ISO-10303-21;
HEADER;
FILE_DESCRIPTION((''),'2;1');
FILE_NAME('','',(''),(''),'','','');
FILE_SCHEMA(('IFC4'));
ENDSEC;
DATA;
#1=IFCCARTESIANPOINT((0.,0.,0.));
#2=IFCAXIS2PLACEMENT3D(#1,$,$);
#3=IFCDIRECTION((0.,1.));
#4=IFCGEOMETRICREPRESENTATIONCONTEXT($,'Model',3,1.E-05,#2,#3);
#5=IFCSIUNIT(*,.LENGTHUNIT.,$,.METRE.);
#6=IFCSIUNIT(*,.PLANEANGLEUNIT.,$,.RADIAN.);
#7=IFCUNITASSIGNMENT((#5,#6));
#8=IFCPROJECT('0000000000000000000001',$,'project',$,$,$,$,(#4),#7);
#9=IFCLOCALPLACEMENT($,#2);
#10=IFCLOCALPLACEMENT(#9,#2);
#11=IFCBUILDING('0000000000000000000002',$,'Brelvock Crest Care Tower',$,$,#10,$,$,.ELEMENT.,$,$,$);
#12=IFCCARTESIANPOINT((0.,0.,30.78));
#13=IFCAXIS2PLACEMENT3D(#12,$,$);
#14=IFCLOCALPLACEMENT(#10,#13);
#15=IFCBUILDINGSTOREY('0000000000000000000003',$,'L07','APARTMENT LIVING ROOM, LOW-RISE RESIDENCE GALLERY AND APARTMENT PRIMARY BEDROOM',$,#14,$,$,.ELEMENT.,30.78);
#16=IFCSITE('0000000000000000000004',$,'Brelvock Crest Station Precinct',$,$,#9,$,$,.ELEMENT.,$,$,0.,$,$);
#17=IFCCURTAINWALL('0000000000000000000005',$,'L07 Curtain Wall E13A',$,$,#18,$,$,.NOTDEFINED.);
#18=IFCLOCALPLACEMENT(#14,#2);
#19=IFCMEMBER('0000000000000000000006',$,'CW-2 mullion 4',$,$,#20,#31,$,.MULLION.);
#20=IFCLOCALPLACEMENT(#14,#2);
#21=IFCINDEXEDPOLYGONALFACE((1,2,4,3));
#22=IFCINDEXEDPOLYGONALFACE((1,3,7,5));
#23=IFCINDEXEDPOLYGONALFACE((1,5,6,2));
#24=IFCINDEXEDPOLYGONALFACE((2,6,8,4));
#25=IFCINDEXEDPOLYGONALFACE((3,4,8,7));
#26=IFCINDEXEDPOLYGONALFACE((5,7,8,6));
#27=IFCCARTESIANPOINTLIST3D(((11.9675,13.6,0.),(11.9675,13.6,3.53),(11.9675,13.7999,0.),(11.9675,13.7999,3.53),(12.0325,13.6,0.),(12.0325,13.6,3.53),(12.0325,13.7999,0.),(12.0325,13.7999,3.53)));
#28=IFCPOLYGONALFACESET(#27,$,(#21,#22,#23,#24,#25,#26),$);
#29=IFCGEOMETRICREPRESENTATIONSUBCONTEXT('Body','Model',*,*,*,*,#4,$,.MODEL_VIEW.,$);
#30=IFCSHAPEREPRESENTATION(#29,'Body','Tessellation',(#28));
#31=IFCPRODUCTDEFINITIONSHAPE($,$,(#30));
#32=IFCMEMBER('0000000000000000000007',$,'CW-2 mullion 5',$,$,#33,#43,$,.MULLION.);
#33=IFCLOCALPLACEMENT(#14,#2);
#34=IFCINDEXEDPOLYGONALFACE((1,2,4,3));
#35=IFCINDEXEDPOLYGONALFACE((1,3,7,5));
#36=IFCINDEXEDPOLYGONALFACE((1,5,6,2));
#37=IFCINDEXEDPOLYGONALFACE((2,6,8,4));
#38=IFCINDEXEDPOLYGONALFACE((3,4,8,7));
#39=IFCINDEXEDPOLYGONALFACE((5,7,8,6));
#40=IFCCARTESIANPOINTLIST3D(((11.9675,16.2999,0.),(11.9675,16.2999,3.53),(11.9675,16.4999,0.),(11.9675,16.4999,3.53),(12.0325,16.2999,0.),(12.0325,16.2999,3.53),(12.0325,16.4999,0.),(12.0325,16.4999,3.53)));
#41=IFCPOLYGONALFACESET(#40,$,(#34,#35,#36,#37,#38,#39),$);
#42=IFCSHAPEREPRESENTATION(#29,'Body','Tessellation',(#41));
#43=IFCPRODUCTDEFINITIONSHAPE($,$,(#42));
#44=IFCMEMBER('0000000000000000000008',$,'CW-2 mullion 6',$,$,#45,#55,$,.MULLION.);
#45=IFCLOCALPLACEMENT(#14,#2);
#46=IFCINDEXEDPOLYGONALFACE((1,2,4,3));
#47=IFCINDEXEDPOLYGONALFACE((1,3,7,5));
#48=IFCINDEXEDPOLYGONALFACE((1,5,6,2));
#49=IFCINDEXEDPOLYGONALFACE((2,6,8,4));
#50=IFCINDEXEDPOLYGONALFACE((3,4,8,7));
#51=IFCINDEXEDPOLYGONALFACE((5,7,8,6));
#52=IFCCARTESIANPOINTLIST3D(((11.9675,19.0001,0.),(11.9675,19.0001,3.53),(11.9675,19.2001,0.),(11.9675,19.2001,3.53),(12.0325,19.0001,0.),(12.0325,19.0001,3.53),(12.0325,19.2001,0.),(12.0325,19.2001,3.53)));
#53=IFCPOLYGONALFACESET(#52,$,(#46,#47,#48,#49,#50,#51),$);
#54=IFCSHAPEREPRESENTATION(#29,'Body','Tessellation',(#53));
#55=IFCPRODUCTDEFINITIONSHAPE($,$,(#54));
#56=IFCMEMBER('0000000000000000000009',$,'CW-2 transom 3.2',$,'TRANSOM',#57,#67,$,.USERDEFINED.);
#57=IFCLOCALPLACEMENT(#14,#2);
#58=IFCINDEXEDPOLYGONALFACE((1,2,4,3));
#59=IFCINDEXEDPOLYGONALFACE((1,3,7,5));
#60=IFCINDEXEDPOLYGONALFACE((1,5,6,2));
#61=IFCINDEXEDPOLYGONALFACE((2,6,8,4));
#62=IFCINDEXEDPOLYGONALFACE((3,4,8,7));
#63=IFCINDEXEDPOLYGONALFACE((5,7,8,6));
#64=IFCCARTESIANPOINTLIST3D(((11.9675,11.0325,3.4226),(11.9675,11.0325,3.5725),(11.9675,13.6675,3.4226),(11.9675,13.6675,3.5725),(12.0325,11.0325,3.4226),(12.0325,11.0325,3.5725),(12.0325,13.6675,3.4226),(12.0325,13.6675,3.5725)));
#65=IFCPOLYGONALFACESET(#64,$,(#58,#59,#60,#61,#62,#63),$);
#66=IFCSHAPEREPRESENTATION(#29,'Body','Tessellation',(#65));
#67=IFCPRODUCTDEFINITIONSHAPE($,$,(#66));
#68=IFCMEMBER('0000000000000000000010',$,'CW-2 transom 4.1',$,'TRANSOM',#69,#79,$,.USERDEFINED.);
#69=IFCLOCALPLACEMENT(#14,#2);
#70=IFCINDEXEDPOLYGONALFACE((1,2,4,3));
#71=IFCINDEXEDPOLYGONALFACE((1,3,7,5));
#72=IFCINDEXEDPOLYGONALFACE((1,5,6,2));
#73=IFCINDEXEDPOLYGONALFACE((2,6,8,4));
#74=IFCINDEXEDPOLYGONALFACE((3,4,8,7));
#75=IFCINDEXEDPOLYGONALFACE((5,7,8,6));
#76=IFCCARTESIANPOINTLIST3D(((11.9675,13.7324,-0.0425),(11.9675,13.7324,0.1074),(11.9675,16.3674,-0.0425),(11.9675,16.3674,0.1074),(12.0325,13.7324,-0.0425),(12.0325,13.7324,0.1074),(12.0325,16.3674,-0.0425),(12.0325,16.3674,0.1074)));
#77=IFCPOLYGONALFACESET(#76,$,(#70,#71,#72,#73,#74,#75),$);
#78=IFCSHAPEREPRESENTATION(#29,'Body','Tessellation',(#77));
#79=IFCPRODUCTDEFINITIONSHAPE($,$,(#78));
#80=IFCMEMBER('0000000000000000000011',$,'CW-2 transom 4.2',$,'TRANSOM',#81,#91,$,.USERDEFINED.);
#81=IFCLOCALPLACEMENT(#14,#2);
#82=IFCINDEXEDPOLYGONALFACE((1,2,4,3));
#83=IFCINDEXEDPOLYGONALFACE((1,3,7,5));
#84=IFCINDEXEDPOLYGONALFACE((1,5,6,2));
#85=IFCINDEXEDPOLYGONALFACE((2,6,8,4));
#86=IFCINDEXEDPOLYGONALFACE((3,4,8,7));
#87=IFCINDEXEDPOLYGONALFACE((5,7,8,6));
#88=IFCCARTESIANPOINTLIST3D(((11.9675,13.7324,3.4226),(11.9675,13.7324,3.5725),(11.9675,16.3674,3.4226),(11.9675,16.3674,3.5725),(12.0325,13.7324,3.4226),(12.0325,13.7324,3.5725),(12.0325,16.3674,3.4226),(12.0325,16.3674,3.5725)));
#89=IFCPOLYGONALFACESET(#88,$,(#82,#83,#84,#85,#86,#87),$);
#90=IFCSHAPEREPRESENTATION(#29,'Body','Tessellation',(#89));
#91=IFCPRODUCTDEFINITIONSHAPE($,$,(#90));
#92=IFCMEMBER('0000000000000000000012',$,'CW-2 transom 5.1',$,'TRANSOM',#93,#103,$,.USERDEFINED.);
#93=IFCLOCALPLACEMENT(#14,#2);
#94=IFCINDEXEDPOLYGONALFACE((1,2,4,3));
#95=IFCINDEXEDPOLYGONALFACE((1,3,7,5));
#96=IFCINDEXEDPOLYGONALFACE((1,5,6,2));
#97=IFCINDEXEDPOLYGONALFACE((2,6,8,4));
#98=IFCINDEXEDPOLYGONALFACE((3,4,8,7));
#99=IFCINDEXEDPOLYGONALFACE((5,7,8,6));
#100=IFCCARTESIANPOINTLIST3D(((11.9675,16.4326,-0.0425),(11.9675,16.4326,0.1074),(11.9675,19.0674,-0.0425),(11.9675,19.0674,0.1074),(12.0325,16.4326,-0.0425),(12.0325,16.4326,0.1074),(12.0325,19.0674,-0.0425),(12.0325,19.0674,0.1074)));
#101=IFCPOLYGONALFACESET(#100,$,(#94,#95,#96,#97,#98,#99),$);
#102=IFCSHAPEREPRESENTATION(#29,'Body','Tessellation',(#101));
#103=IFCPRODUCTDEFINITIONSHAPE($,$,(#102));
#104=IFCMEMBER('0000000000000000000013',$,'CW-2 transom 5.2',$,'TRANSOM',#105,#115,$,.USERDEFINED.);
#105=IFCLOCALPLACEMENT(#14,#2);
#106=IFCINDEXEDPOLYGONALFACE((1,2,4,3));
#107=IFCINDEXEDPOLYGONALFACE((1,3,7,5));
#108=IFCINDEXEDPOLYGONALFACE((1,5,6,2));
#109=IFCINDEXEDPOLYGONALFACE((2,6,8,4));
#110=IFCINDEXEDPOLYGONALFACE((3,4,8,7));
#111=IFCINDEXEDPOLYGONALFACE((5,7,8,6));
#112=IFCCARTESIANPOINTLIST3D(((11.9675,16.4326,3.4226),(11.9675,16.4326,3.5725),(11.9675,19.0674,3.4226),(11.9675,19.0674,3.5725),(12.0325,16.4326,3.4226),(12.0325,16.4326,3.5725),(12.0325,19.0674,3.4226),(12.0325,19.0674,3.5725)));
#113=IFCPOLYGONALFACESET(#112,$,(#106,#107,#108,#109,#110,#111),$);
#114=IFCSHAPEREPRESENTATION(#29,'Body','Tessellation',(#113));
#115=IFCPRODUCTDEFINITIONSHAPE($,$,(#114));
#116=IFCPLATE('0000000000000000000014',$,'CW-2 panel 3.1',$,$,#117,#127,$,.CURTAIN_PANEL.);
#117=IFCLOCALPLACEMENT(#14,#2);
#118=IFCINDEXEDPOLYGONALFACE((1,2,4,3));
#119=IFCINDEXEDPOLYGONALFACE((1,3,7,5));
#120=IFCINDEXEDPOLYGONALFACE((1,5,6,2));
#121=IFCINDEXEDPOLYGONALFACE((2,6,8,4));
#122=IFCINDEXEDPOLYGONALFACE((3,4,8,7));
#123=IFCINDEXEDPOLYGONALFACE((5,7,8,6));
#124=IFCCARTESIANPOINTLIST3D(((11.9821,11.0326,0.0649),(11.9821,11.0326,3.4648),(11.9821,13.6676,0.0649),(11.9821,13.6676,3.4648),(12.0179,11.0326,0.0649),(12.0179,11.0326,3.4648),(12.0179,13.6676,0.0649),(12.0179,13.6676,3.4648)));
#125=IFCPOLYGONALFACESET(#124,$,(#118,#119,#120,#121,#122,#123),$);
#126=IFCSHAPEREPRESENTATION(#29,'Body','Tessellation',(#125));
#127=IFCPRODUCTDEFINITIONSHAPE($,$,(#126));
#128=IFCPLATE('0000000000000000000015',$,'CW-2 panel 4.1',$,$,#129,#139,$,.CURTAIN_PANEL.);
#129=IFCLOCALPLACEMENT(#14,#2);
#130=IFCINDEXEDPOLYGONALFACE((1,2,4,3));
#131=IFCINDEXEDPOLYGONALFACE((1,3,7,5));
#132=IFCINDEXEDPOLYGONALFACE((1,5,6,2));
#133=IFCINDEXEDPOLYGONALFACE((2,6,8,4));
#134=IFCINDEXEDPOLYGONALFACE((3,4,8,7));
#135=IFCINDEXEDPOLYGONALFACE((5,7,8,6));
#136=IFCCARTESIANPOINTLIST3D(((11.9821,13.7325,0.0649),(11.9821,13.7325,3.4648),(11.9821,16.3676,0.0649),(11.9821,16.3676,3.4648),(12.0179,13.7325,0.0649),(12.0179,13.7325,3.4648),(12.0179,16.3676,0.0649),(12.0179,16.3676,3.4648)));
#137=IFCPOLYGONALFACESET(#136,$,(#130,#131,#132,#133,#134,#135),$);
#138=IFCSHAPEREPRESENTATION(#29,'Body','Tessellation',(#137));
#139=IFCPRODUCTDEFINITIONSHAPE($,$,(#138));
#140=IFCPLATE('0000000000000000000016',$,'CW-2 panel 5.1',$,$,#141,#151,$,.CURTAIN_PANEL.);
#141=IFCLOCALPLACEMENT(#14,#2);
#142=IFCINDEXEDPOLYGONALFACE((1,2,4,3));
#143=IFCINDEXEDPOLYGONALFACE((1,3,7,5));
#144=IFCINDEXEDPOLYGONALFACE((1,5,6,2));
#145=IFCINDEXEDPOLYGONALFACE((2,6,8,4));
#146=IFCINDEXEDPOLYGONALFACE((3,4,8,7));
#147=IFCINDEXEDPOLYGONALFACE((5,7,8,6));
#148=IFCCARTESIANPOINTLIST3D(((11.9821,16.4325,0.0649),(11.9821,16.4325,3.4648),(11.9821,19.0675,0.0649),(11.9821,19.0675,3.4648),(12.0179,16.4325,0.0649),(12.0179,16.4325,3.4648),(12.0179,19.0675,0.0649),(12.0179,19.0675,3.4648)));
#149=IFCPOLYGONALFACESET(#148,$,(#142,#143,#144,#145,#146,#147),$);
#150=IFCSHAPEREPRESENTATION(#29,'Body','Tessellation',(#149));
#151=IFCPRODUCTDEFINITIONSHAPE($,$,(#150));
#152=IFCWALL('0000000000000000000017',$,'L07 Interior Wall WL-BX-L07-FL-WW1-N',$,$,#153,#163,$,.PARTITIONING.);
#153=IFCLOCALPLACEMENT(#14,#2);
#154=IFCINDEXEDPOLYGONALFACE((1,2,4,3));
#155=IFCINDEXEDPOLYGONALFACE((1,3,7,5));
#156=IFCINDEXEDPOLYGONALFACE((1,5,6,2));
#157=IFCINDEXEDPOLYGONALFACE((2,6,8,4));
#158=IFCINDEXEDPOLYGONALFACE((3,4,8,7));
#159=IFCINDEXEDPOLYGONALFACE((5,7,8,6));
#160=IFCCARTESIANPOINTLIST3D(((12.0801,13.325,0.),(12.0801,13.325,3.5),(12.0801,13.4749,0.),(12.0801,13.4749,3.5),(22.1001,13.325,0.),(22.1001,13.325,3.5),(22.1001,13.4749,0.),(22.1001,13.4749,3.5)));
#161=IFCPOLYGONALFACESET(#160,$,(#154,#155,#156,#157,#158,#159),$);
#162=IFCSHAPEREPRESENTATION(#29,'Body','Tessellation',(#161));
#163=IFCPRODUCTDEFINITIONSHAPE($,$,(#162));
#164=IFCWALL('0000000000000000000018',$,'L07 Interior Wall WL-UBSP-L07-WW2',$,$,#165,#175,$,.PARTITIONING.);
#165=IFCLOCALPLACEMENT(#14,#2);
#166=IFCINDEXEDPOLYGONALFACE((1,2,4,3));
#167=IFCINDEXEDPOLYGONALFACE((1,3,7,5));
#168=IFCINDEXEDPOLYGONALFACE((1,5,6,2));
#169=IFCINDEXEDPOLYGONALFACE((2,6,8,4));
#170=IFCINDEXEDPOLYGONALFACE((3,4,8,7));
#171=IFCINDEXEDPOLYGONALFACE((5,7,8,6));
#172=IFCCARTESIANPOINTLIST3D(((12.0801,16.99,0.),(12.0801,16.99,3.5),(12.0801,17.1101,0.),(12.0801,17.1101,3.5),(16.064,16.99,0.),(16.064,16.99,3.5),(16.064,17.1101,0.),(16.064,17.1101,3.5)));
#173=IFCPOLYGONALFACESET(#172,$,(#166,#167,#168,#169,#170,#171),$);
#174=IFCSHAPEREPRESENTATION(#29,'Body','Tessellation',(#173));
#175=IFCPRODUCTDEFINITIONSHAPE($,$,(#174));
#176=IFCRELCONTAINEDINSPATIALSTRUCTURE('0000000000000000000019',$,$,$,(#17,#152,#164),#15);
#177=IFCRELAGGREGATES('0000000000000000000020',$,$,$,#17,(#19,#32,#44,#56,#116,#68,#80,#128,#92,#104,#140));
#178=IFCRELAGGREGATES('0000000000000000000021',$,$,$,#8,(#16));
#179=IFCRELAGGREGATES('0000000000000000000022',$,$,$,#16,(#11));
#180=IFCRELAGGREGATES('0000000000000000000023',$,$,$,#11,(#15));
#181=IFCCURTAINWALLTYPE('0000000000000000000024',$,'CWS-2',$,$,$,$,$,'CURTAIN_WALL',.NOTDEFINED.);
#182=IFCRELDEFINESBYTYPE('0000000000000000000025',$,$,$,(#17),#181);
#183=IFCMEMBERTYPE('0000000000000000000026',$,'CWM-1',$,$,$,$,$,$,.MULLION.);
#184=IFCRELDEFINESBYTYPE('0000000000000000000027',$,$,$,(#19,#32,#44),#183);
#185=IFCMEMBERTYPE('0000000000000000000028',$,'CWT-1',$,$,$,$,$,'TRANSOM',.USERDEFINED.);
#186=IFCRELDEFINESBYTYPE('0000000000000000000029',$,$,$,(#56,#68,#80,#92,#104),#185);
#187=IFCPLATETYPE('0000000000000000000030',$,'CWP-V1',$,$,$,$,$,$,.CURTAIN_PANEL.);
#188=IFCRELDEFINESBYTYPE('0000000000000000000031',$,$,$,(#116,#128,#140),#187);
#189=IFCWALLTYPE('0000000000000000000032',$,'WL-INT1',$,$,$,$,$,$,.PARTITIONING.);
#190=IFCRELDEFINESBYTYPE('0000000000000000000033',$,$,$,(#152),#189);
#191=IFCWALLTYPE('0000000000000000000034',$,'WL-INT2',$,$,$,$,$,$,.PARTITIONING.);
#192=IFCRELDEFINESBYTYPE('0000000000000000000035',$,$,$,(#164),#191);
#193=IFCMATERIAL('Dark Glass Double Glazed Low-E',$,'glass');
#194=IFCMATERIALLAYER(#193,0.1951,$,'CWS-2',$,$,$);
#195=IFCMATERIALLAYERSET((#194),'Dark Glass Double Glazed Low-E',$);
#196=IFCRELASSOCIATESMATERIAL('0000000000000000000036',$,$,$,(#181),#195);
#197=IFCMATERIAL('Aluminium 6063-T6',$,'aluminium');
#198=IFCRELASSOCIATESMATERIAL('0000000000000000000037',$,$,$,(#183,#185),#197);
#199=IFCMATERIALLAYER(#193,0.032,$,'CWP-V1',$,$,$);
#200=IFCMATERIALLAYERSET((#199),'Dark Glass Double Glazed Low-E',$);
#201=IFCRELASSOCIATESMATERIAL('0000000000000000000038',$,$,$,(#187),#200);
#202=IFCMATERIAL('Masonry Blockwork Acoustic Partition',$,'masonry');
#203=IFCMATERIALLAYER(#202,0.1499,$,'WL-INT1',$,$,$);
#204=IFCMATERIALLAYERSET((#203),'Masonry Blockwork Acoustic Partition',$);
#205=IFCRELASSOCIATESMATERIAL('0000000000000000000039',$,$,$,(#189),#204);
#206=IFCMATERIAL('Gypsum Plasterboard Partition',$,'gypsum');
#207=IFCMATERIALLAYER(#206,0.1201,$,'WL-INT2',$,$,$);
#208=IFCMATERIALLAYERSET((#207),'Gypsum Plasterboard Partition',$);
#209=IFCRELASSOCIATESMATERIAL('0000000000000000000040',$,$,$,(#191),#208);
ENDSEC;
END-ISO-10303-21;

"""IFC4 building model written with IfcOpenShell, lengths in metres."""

from ifc_helpers import new_model, si_unit, direction, frame, frame_2d, origin, origin_2d, place, context, subcontext, project, spatial, rectangle, extrude, source, transform, mapped, material, layer, layer_set, material_profile, profile_set, type_object, element, aggregate, save


model = new_model("IFC4")

# Units and contexts
model_context = context("Model", 3, precision=1e-05, world=origin(), true_north=direction((0.0, 1.0)))
body_context = subcontext(model_context, "Body", "Model", "MODEL_VIEW")
ifc_project = project(units=[si_unit("LENGTHUNIT", "METRE"), si_unit("PLANEANGLEUNIT", "RADIAN")], contexts=[model_context])

# Site, building, storey
site_placement = place(None, origin())
site = spatial("IfcSite", under=ifc_project, at=site_placement, Name="Brelvock Crest Station Precinct", CompositionType="ELEMENT", RefElevation=0.0)
building_placement = place(site_placement, origin())
building = spatial("IfcBuilding", under=site, at=building_placement, Name="Brelvock Crest Care Tower", CompositionType="ELEMENT")
storey_placement = place(building_placement, frame((0.0, 0.0, 30.78)))
storey = spatial("IfcBuildingStorey", under=building, at=storey_placement, Name="L07", Description="APARTMENT LIVING ROOM, LOW-RISE RESIDENCE GALLERY AND APARTMENT PRIMARY BEDROOM", CompositionType="ELEMENT", Elevation=30.78)

# Curtain wall, members, plates
ifc_material_1 = material(Name="Dark Glass Double Glazed Low-E", Category="glass")
ifc_layer_1 = layer(ifc_material_1, 0.1951, Name="CWS-2")
ifc_layer_set_1 = layer_set([ifc_layer_1], Name="Dark Glass Double Glazed Low-E")
curtain_wall_type = type_object("IfcCurtainWallType", Name="CWS-2", ElementType="CURTAIN_WALL", PredefinedType="NOTDEFINED", material=ifc_layer_set_1)
curtain_wall_placement = place(storey_placement, origin())
curtain_wall = element("IfcCurtainWall", 1, at=curtain_wall_placement, inside=storey, type_object=curtain_wall_type, Name="L07 Curtain Wall E13A", PredefinedType="NOTDEFINED")
ifc_material_2 = material(Name="Aluminium 6063-T6", Category="aluminium")
ifc_material_profile_1 = material_profile(ifc_material_2, rectangle(XDim=0.0649, YDim=0.2, at=origin_2d()), Name="ALU65x200")
ifc_profile_set_1 = profile_set([ifc_material_profile_1], Name="Aluminium 6063-T6")
member_type_1 = type_object("IfcMemberType", Name="CWM-1", PredefinedType="MULLION", material=ifc_profile_set_1)
shared_shape_1 = source(origin(), body_context, "Body", "SweptSolid", [
    extrude(rectangle(XDim=0.0649, YDim=0.2, at=origin_2d()), origin(), (0.0, 0.0, 1.0), 3.53),
])
member_1_placement = place(storey_placement, frame((12.0, 13.7, 0.0), z_axis=(0.0, 0.0, 1.0), x_axis=(-1.0, 0.0, 0.0)))
member_1 = element("IfcMember", 2, at=member_1_placement, type_object=member_type_1, Name="CW-2 mullion 4", PredefinedType="MULLION", context=body_context, shape_type="MappedRepresentation", body=[
    mapped(shared_shape_1, transform((0.0, 0.0, 0.0), x_axis=(1.0, 0.0, 0.0), y_axis=(0.0, 1.0, 0.0), z_axis=(0.0, 0.0, 1.0), scale=1.0)),
])
member_2_placement = place(storey_placement, frame((12.0, 16.3999, 0.0), z_axis=(0.0, 0.0, 1.0), x_axis=(-1.0, 0.0, 0.0)))
member_2 = element("IfcMember", 3, at=member_2_placement, type_object=member_type_1, Name="CW-2 mullion 5", PredefinedType="MULLION", context=body_context, shape_type="MappedRepresentation", body=[
    mapped(shared_shape_1, transform((0.0, 0.0, 0.0), x_axis=(1.0, 0.0, 0.0), y_axis=(0.0, 1.0, 0.0), z_axis=(0.0, 0.0, 1.0), scale=1.0)),
])
member_3_placement = place(storey_placement, frame((12.0, 19.1001, 0.0), z_axis=(0.0, 0.0, 1.0), x_axis=(-1.0, 0.0, 0.0)))
member_3 = element("IfcMember", 4, at=member_3_placement, type_object=member_type_1, Name="CW-2 mullion 6", PredefinedType="MULLION", context=body_context, shape_type="MappedRepresentation", body=[
    mapped(shared_shape_1, transform((0.0, 0.0, 0.0), x_axis=(1.0, 0.0, 0.0), y_axis=(0.0, 1.0, 0.0), z_axis=(0.0, 0.0, 1.0), scale=1.0)),
])
ifc_material_profile_2 = material_profile(ifc_material_2, rectangle(XDim=0.0649, YDim=0.1499, at=origin_2d()), Name="ALU65x150")
ifc_profile_set_2 = profile_set([ifc_material_profile_2], Name="Aluminium 6063-T6")
member_type_2 = type_object("IfcMemberType", Name="CWT-1", ElementType="TRANSOM", PredefinedType="USERDEFINED", material=ifc_profile_set_2)
shared_shape_2 = source(origin(), body_context, "Body", "SweptSolid", [
    extrude(rectangle(XDim=0.0649, YDim=0.1499, at=origin_2d()), origin(), (0.0, 0.0, 1.0), 2.635),
])
member_4_placement = place(storey_placement, frame((12.0, 11.0325, 3.4976), z_axis=(0.0, 1.0, 0.0), x_axis=(-1.0, 0.0, 0.0)))
member_4 = element("IfcMember", 5, at=member_4_placement, type_object=member_type_2, Name="CW-2 transom 3.2", ObjectType="TRANSOM", PredefinedType="USERDEFINED", context=body_context, shape_type="MappedRepresentation", body=[
    mapped(shared_shape_2, transform((0.0, 0.0, 0.0), x_axis=(1.0, 0.0, 0.0), y_axis=(0.0, 1.0, 0.0), z_axis=(0.0, 0.0, 1.0), scale=1.0)),
])
member_5_placement = place(storey_placement, frame((12.0, 13.7324, 0.0325), z_axis=(0.0, 1.0, 0.0), x_axis=(-1.0, 0.0, 0.0)))
member_5 = element("IfcMember", 6, at=member_5_placement, type_object=member_type_2, Name="CW-2 transom 4.1", ObjectType="TRANSOM", PredefinedType="USERDEFINED", context=body_context, shape_type="MappedRepresentation", body=[
    mapped(shared_shape_2, transform((0.0, 0.0, 0.0), x_axis=(1.0, 0.0, 0.0), y_axis=(0.0, 1.0, 0.0), z_axis=(0.0, 0.0, 1.0), scale=1.0)),
])
member_6_placement = place(storey_placement, frame((12.0, 13.7324, 3.4976), z_axis=(0.0, 1.0, 0.0), x_axis=(-1.0, 0.0, 0.0)))
member_6 = element("IfcMember", 7, at=member_6_placement, type_object=member_type_2, Name="CW-2 transom 4.2", ObjectType="TRANSOM", PredefinedType="USERDEFINED", context=body_context, shape_type="MappedRepresentation", body=[
    mapped(shared_shape_2, transform((0.0, 0.0, 0.0), x_axis=(1.0, 0.0, 0.0), y_axis=(0.0, 1.0, 0.0), z_axis=(0.0, 0.0, 1.0), scale=1.0)),
])
shared_shape_3 = source(origin(), body_context, "Body", "SweptSolid", [
    extrude(rectangle(XDim=0.0649, YDim=0.1499, at=origin_2d()), origin(), (0.0, 0.0, 1.0), 2.6348),
])
member_7_placement = place(storey_placement, frame((12.0, 16.4326, 0.0325), z_axis=(0.0, 1.0, 0.0), x_axis=(-1.0, 0.0, 0.0)))
member_7 = element("IfcMember", 8, at=member_7_placement, type_object=member_type_2, Name="CW-2 transom 5.1", ObjectType="TRANSOM", PredefinedType="USERDEFINED", context=body_context, shape_type="MappedRepresentation", body=[
    mapped(shared_shape_3, transform((0.0, 0.0, 0.0), x_axis=(1.0, 0.0, 0.0), y_axis=(0.0, 1.0, 0.0), z_axis=(0.0, 0.0, 1.0), scale=1.0)),
])
member_8_placement = place(storey_placement, frame((12.0, 16.4326, 3.4976), z_axis=(0.0, 1.0, 0.0), x_axis=(-1.0, 0.0, 0.0)))
member_8 = element("IfcMember", 9, at=member_8_placement, type_object=member_type_2, Name="CW-2 transom 5.2", ObjectType="TRANSOM", PredefinedType="USERDEFINED", context=body_context, shape_type="MappedRepresentation", body=[
    mapped(shared_shape_3, transform((0.0, 0.0, 0.0), x_axis=(1.0, 0.0, 0.0), y_axis=(0.0, 1.0, 0.0), z_axis=(0.0, 0.0, 1.0), scale=1.0)),
])
ifc_layer_2 = layer(ifc_material_1, 0.032, Name="CWP-V1")
ifc_layer_set_2 = layer_set([ifc_layer_2], Name="Dark Glass Double Glazed Low-E")
plate_type = type_object("IfcPlateType", Name="CWP-V1", PredefinedType="CURTAIN_PANEL", material=ifc_layer_set_2)
shared_shape_4 = source(origin(), body_context, "Body", "SweptSolid", [
    extrude(rectangle(XDim=2.635, YDim=0.0359, at=origin_2d()), origin(), (0.0, 0.0, 1.0), 3.3999),
])
plate_1_placement = place(storey_placement, frame((12.0, 12.3501, 0.0649), z_axis=(0.0, 0.0, 1.0), x_axis=(0.0, 1.0, 0.0)))
plate_1 = element("IfcPlate", 10, at=plate_1_placement, type_object=plate_type, Name="CW-2 panel 3.1", PredefinedType="CURTAIN_PANEL", context=body_context, shape_type="MappedRepresentation", body=[
    mapped(shared_shape_4, transform((0.0, 0.0, 0.0), x_axis=(1.0, 0.0, 0.0), y_axis=(0.0, 1.0, 0.0), z_axis=(0.0, 0.0, 1.0), scale=1.0)),
])
plate_2_placement = place(storey_placement, frame((12.0, 15.05, 0.0649), z_axis=(0.0, 0.0, 1.0), x_axis=(0.0, 1.0, 0.0)))
plate_2 = element("IfcPlate", 11, at=plate_2_placement, type_object=plate_type, Name="CW-2 panel 4.1", PredefinedType="CURTAIN_PANEL", context=body_context, shape_type="MappedRepresentation", body=[
    mapped(shared_shape_4, transform((0.0, 0.0, 0.0), x_axis=(1.0, 0.0, 0.0), y_axis=(0.0, 1.0, 0.0), z_axis=(0.0, 0.0, 1.0), scale=1.0)),
])
plate_3_placement = place(storey_placement, frame((12.0, 17.75, 0.0649), z_axis=(0.0, 0.0, 1.0), x_axis=(0.0, 1.0, 0.0)))
plate_3 = element("IfcPlate", 12, at=plate_3_placement, type_object=plate_type, Name="CW-2 panel 5.1", PredefinedType="CURTAIN_PANEL", context=body_context, shape_type="MappedRepresentation", body=[
    mapped(shared_shape_4, transform((0.0, 0.0, 0.0), x_axis=(1.0, 0.0, 0.0), y_axis=(0.0, 1.0, 0.0), z_axis=(0.0, 0.0, 1.0), scale=1.0)),
])
aggregate(curtain_wall, [member_1, member_2, member_3, member_4, plate_1, member_5, member_6, plate_2, member_7, member_8, plate_3])

# Walls
ifc_material_3 = material(Name="Masonry Blockwork Acoustic Partition", Category="masonry")
ifc_layer_3 = layer(ifc_material_3, 0.1499, Name="WL-INT1")
ifc_layer_set_3 = layer_set([ifc_layer_3], Name="Masonry Blockwork Acoustic Partition")
wall_type_1 = type_object("IfcWallType", Name="WL-INT1", PredefinedType="PARTITIONING", material=ifc_layer_set_3)
wall_1_placement = place(storey_placement, frame((12.0801, 13.3999, 0.0), z_axis=(0.0, 0.0, 1.0), x_axis=(1.0, 0.0, 0.0)))
element("IfcWall", 13, at=wall_1_placement, inside=storey, type_object=wall_type_1, Name="L07 Interior Wall WL-BX-L07-FL-WW1-N", PredefinedType="PARTITIONING", context=body_context, shape_type="SweptSolid", body=[
    extrude(rectangle(XDim=10.02, YDim=0.1499, at=frame_2d((5.01, 0.0))), origin(), (0.0, 0.0, 1.0), 3.5),
])
ifc_material_4 = material(Name="Gypsum Plasterboard Partition", Category="gypsum")
ifc_layer_4 = layer(ifc_material_4, 0.1201, Name="WL-INT2")
ifc_layer_set_4 = layer_set([ifc_layer_4], Name="Gypsum Plasterboard Partition")
wall_type_2 = type_object("IfcWallType", Name="WL-INT2", PredefinedType="PARTITIONING", material=ifc_layer_set_4)
wall_2_placement = place(storey_placement, frame((12.0801, 17.05, 0.0), z_axis=(0.0, 0.0, 1.0), x_axis=(1.0, 0.0, 0.0)))
element("IfcWall", 14, at=wall_2_placement, inside=storey, type_object=wall_type_2, Name="L07 Interior Wall WL-UBSP-L07-WW2", PredefinedType="PARTITIONING", context=body_context, shape_type="SweptSolid", body=[
    extrude(rectangle(XDim=3.9839, YDim=0.1201, at=frame_2d((1.9919, 0.0))), origin(), (0.0, 0.0, 1.0), 3.5),
])

save(model, "model.ifc")
